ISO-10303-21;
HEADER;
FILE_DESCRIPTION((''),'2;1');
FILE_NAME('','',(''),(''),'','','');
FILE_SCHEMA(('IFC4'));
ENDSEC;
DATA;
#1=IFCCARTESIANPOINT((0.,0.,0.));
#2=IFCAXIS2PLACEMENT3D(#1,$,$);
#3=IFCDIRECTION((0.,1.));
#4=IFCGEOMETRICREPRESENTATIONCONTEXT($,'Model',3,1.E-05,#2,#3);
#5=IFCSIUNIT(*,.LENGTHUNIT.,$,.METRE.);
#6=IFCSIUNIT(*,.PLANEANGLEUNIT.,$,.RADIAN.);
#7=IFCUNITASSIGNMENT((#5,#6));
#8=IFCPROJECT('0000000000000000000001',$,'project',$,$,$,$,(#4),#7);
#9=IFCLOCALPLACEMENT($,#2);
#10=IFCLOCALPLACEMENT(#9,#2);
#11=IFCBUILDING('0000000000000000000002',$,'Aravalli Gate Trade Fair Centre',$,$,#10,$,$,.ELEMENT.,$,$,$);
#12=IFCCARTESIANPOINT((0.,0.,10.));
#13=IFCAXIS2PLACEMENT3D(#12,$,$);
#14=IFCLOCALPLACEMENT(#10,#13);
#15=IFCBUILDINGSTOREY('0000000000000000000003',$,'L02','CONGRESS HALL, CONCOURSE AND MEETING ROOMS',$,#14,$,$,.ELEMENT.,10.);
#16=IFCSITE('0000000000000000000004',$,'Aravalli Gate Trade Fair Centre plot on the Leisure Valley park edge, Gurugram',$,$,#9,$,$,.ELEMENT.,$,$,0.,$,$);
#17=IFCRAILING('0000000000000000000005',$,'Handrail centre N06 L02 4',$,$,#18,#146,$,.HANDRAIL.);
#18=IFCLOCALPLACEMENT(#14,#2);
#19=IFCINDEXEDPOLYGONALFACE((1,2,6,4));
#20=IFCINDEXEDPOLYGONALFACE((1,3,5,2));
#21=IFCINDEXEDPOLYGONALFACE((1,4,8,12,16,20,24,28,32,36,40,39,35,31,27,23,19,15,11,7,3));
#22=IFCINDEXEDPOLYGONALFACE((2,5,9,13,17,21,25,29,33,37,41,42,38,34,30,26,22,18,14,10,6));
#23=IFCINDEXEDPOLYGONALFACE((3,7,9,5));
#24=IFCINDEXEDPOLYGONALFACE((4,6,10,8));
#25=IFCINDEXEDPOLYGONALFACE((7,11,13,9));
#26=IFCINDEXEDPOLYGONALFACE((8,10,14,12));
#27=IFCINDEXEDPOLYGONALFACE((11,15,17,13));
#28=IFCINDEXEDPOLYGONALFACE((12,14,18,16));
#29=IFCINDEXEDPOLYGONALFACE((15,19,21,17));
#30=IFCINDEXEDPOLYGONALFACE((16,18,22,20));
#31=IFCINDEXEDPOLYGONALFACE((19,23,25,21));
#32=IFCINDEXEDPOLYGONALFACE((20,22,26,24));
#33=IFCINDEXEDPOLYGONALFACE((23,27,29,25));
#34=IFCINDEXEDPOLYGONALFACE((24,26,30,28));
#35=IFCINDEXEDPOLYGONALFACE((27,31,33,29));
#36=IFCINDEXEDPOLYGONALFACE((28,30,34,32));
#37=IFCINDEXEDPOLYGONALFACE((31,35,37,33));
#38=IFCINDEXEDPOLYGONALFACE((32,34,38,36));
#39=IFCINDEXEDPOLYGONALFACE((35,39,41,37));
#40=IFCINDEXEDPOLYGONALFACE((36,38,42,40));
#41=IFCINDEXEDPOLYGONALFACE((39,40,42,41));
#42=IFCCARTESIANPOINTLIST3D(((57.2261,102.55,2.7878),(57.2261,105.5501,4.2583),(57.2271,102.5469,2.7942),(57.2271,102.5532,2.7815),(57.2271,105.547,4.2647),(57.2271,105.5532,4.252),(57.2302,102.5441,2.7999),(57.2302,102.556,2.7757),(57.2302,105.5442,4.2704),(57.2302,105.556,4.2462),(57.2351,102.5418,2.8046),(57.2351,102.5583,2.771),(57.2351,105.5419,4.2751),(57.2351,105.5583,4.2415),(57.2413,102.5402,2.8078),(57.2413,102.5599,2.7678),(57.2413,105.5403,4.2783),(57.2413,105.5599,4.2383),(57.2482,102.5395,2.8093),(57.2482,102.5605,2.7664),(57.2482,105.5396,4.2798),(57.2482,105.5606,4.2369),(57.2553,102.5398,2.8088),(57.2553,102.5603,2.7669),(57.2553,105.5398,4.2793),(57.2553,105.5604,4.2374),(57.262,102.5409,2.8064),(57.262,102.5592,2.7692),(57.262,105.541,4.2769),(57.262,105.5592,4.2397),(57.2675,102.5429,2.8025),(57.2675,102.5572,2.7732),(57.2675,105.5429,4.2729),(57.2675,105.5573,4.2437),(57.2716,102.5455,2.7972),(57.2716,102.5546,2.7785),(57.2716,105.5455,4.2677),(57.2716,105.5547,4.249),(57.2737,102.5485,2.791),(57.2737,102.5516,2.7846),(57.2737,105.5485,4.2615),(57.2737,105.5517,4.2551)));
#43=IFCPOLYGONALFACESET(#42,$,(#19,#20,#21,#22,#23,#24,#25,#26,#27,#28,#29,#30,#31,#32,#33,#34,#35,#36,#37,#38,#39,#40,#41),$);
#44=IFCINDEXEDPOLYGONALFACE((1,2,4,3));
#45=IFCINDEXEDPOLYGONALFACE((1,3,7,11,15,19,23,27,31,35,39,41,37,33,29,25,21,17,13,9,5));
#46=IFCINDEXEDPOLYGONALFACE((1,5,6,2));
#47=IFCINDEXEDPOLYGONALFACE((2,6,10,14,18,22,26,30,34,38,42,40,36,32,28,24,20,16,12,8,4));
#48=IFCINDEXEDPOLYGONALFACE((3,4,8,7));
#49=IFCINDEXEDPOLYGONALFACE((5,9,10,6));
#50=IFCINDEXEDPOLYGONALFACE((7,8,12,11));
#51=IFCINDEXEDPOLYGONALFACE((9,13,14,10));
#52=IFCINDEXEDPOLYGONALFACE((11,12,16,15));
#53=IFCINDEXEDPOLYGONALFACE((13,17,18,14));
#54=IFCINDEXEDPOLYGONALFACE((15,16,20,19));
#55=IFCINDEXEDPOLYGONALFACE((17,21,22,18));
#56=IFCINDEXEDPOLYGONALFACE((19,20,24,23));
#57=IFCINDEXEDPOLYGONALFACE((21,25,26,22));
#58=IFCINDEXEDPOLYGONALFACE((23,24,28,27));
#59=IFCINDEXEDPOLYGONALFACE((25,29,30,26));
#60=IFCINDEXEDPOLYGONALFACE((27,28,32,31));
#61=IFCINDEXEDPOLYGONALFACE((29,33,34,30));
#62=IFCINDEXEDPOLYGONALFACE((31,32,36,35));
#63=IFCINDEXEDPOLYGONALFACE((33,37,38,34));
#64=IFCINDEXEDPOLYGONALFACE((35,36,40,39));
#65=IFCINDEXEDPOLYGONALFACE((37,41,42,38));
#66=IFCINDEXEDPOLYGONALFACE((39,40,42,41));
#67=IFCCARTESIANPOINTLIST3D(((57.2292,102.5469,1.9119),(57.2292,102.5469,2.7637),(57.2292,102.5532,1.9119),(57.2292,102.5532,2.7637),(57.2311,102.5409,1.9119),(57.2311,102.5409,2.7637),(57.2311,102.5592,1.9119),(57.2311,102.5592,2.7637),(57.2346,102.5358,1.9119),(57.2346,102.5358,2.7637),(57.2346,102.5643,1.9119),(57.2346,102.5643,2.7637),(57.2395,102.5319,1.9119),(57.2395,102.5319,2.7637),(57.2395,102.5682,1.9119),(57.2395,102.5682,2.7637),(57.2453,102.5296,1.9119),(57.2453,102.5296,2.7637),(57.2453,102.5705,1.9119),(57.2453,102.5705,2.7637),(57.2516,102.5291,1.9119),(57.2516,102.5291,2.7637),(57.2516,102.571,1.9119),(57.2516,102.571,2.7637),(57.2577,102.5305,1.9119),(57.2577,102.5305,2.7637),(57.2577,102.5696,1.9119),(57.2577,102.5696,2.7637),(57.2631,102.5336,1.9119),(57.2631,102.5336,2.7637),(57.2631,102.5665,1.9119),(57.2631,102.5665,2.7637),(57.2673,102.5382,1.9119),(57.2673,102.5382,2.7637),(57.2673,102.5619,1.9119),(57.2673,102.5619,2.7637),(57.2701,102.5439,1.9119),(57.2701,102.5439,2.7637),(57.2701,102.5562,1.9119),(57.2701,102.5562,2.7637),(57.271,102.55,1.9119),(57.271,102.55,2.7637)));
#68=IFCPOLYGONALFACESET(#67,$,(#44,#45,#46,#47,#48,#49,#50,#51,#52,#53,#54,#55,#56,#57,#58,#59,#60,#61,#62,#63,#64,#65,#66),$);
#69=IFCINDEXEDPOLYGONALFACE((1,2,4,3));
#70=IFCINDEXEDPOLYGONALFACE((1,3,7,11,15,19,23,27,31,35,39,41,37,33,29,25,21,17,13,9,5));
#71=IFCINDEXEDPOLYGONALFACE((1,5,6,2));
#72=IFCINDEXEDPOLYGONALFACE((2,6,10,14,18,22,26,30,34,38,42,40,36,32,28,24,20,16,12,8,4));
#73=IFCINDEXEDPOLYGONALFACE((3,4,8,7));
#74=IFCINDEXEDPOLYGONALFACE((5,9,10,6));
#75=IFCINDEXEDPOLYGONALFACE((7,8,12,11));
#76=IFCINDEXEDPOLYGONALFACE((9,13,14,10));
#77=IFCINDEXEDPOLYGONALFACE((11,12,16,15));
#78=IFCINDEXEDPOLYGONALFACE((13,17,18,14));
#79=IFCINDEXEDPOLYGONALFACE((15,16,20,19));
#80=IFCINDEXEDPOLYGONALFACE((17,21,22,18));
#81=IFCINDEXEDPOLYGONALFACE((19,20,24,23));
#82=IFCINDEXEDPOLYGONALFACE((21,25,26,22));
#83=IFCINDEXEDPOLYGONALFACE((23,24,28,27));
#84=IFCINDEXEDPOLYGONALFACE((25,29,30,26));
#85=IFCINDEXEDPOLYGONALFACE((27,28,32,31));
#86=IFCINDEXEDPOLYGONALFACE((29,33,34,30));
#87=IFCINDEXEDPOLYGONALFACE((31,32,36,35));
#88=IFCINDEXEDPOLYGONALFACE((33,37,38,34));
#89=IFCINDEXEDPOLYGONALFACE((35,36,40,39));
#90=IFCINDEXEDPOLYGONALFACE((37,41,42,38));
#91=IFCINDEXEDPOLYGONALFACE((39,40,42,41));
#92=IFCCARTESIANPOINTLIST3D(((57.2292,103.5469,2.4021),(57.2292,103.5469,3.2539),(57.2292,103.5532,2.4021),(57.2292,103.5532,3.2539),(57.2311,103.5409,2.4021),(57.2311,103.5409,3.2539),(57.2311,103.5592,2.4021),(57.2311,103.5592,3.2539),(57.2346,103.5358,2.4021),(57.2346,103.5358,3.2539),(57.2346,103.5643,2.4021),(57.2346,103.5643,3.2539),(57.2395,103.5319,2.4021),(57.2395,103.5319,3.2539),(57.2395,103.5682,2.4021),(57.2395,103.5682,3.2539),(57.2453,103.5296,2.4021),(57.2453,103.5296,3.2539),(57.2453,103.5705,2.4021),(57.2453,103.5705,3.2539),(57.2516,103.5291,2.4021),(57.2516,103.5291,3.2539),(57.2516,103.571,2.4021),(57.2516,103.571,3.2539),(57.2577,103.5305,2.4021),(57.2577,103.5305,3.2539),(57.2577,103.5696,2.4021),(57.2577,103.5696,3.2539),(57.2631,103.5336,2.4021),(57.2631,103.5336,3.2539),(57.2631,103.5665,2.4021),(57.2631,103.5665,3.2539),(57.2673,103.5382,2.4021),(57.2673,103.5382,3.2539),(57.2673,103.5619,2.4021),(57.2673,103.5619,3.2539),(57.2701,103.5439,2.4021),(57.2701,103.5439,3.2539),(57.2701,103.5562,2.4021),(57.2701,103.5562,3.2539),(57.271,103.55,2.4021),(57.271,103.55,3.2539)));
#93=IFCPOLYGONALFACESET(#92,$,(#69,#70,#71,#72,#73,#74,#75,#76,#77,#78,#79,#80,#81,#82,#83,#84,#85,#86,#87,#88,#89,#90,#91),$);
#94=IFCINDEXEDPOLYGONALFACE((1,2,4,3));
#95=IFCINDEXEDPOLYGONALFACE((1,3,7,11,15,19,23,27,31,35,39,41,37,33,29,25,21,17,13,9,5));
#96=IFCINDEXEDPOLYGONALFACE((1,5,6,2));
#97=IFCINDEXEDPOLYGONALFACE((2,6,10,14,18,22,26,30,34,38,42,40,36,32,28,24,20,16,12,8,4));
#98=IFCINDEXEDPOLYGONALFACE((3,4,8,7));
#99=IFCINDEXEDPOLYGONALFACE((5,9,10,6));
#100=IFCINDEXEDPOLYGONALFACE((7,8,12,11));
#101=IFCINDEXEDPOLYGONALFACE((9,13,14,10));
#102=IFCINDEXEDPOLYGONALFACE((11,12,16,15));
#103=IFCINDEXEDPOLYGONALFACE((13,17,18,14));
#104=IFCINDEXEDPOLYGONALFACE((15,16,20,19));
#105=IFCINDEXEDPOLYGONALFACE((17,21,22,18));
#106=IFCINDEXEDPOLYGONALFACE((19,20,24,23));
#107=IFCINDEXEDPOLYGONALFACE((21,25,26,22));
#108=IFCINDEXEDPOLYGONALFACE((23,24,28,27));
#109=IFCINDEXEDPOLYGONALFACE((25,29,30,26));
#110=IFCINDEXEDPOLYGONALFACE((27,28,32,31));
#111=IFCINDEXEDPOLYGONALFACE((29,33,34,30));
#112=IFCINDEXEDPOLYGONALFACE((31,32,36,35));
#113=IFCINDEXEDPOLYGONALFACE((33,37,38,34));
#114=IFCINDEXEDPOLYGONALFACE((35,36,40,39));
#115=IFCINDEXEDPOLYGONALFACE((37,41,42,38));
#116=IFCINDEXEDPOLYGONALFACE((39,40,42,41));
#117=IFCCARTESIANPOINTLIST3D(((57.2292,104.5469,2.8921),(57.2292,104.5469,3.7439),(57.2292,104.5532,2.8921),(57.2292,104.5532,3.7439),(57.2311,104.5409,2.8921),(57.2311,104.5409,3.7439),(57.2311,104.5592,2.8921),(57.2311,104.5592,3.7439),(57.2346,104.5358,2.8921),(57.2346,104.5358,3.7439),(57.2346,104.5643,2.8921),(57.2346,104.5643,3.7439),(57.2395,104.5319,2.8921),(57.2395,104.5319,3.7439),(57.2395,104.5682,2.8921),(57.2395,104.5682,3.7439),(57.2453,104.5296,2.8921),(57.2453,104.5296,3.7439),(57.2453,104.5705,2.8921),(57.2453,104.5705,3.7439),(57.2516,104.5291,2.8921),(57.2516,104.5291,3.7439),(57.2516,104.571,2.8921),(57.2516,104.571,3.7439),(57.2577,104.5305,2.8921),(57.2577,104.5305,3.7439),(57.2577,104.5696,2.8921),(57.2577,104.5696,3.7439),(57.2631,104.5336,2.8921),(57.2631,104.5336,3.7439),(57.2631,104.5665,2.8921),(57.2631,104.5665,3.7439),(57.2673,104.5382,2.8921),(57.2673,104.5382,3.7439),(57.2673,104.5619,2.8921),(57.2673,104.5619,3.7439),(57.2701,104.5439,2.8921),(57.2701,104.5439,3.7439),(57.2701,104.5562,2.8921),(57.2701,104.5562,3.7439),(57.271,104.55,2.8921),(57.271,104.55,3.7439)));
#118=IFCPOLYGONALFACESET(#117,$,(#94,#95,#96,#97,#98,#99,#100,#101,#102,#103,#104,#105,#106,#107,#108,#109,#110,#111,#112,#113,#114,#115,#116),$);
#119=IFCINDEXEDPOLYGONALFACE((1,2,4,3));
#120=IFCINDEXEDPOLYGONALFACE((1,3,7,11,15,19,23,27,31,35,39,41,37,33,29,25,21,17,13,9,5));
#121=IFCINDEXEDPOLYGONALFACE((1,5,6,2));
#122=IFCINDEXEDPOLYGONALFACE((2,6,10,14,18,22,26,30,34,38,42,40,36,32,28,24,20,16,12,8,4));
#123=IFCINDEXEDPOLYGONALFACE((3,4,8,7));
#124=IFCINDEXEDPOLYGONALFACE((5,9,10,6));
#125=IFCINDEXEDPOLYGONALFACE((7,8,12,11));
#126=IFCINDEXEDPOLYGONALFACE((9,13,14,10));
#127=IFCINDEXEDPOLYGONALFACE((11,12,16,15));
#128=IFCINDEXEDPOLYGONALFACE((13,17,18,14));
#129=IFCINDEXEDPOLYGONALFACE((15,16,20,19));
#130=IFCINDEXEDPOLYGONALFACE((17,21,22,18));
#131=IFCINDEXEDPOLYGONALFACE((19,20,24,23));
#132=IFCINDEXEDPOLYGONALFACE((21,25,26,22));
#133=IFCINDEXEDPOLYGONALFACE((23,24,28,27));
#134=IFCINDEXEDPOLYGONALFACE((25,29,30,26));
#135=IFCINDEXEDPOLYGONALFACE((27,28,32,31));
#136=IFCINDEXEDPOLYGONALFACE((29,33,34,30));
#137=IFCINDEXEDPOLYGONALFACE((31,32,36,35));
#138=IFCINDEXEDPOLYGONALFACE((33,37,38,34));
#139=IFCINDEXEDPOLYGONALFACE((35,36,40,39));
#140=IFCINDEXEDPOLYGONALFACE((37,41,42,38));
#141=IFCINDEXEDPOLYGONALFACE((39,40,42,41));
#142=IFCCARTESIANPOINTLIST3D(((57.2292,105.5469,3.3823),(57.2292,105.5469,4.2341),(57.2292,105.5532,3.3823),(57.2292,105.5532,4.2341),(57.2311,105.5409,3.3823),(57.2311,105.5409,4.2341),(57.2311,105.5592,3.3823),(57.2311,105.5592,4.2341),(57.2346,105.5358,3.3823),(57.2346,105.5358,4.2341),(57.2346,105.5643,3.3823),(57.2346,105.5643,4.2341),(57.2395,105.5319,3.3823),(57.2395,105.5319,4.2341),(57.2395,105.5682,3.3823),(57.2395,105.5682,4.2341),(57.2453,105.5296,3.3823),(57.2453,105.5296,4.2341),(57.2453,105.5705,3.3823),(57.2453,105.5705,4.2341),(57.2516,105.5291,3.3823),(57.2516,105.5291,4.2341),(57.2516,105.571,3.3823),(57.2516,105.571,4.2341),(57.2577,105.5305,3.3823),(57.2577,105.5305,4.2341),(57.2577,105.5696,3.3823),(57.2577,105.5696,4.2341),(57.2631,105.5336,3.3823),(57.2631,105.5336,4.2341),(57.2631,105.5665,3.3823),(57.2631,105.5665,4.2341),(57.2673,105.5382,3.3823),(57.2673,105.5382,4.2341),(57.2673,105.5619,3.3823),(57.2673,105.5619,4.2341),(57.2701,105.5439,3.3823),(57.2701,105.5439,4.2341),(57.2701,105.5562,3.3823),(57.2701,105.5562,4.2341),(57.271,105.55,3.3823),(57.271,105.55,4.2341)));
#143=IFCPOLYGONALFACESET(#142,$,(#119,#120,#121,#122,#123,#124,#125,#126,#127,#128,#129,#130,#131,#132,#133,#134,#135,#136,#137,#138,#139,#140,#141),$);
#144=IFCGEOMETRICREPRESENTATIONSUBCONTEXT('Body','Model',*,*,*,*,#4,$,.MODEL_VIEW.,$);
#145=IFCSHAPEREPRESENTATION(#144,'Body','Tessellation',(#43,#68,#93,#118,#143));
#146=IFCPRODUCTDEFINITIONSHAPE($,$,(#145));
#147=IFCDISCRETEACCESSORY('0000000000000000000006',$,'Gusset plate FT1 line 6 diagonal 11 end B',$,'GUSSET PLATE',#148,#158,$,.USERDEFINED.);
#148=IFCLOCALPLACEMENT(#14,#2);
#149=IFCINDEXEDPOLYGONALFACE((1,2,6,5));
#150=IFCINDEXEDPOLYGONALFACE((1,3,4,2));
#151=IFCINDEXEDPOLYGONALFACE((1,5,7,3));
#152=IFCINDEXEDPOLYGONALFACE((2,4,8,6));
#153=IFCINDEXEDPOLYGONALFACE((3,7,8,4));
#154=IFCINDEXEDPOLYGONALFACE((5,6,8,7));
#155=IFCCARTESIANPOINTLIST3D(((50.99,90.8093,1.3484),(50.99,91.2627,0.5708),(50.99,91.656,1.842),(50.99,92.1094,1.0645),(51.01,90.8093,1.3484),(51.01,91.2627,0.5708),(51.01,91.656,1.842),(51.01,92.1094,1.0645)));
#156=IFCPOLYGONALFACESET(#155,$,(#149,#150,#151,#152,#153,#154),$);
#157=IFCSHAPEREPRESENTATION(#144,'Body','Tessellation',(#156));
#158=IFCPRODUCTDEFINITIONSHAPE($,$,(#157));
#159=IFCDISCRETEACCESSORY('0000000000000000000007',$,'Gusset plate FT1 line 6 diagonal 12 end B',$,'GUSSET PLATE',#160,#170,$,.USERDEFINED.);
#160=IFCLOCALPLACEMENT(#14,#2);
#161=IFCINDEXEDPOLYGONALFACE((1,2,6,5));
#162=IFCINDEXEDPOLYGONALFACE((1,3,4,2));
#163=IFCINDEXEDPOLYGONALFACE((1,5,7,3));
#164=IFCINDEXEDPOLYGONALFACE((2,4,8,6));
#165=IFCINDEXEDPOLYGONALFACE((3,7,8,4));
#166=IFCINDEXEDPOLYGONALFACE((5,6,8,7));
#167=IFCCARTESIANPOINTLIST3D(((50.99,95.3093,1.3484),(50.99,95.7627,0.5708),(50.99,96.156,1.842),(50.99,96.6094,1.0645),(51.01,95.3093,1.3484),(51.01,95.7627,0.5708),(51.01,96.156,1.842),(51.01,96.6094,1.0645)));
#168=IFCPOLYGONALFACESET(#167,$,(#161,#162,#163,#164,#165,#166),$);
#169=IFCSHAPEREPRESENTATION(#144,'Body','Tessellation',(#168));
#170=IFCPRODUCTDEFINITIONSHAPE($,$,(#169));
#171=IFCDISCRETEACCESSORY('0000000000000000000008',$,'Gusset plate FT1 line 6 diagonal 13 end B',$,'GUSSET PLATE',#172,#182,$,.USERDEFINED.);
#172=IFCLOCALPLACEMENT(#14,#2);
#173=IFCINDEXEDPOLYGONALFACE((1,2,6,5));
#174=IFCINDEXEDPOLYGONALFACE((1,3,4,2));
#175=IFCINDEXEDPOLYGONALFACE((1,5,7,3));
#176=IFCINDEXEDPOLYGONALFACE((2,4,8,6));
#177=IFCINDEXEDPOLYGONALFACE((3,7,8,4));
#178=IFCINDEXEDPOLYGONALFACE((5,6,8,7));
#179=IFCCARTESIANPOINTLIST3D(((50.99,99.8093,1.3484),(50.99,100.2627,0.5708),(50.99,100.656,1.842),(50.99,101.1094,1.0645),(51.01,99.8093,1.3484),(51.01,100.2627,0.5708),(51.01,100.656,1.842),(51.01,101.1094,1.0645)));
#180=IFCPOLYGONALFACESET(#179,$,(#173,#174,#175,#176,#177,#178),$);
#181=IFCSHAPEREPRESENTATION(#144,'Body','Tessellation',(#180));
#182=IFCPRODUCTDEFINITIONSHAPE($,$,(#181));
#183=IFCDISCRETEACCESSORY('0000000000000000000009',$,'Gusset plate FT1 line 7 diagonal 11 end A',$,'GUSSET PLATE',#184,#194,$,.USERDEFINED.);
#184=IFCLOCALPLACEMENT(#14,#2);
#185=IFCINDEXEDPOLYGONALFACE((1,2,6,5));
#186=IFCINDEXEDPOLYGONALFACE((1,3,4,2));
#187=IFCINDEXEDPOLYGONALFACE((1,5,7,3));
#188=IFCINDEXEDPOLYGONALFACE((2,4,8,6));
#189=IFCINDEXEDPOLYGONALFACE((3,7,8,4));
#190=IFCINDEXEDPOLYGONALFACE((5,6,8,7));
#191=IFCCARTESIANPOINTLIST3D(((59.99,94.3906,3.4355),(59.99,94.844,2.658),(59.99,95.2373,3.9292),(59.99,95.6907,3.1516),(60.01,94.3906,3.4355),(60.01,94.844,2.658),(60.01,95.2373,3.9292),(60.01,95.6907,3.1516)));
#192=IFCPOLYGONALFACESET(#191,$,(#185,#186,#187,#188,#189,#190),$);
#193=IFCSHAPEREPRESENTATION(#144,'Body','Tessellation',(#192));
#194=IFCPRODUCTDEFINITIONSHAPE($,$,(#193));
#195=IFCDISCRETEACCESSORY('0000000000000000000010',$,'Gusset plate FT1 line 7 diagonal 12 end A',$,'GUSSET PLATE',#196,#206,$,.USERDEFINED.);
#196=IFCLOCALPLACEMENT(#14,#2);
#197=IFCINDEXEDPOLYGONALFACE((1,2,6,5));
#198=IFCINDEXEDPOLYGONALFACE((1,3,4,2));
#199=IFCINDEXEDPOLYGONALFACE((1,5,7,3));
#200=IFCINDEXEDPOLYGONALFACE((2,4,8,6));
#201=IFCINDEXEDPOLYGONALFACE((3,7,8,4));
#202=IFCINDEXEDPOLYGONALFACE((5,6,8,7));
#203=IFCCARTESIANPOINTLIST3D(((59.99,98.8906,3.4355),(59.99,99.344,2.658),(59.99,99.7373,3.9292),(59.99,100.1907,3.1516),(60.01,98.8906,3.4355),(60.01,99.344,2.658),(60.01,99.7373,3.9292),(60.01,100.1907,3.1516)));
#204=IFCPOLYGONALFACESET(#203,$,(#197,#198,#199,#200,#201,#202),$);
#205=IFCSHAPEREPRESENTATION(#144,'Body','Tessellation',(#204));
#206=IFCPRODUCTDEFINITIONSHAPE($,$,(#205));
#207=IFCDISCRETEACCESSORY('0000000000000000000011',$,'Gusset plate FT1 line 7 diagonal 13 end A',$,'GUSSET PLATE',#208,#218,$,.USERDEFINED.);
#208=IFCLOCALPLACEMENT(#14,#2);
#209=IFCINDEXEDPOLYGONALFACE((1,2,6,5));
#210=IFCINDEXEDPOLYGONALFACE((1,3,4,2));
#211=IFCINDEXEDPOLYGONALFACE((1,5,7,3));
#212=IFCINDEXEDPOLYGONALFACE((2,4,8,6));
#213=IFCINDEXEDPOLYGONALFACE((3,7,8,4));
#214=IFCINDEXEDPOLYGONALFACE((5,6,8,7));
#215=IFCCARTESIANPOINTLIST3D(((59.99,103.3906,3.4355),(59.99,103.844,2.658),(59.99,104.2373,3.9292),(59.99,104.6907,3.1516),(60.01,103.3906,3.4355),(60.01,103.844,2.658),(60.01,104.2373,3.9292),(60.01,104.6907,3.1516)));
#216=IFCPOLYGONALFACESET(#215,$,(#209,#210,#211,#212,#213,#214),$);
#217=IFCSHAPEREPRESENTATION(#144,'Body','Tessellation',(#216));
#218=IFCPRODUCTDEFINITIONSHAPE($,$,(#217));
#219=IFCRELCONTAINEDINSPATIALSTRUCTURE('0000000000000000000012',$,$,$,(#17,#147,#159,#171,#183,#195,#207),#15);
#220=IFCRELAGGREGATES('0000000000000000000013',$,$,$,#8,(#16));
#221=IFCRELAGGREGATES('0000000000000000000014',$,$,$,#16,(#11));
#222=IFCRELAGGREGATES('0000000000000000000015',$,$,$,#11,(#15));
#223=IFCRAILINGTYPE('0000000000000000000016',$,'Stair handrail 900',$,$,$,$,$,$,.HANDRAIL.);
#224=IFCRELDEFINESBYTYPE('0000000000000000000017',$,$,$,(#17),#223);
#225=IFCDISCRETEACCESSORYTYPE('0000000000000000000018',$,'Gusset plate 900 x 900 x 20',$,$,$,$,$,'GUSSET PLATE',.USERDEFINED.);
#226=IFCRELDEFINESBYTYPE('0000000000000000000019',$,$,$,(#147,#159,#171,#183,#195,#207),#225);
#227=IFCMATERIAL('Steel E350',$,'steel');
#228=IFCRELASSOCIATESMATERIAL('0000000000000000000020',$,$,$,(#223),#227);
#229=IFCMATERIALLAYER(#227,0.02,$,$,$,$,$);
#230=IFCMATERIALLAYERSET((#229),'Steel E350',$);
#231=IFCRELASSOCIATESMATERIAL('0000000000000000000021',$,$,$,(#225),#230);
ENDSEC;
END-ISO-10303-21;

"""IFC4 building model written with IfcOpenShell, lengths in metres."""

from ifc_helpers import new_model, si_unit, direction, frame, origin, origin_2d, place, context, subcontext, project, spatial, polyline, circle, outline, extrude, material, layer, layer_set, type_object, element, save


model = new_model("IFC4")

# Units and contexts
model_context = context("Model", 3, precision=1e-05, world=origin(), true_north=direction((0.0, 1.0)))
body_context = subcontext(model_context, "Body", "Model", "MODEL_VIEW")
ifc_project = project(units=[si_unit("LENGTHUNIT", "METRE"), si_unit("PLANEANGLEUNIT", "RADIAN")], contexts=[model_context])

# Site, building, storey
site_placement = place(None, origin())
site = spatial("IfcSite", under=ifc_project, at=site_placement, Name="Aravalli Gate Trade Fair Centre plot on the Leisure Valley park edge, Gurugram", CompositionType="ELEMENT", RefElevation=0.0)
building_placement = place(site_placement, origin())
building = spatial("IfcBuilding", under=site, at=building_placement, Name="Aravalli Gate Trade Fair Centre", CompositionType="ELEMENT")
storey_placement = place(building_placement, frame((0.0, 0.0, 10.0)))
storey = spatial("IfcBuildingStorey", under=building, at=storey_placement, Name="L02", Description="CONGRESS HALL, CONCOURSE AND MEETING ROOMS", CompositionType="ELEMENT", Elevation=10.0)

# Shared definitions
ifc_material_1 = material(Name="Steel E350", Category="steel")

# Railing
railing_type_1 = type_object("IfcRailingType", Name="Stair handrail 900", PredefinedType="HANDRAIL", material=ifc_material_1)
for number, where, name in (
    (1, (57.25, 102.55, 1.9119), "Handrail centre N06 L02 4"),
):
    element("IfcRailing", number, at=place(storey_placement, frame(where)), inside=storey, type_object=railing_type_1, Name=name, PredefinedType="HANDRAIL", context=body_context, shape_type="SweptSolid", body=[
        extrude(circle(Radius=0.0239, at=origin_2d()), frame((0.0, 0.0, 0.876), z_axis=(0.0, 0.897936, 0.440126), x_axis=(-1.0, 0.0, 0.0)), (0.0, 0.0, 1.0), 3.3411),
        extrude(circle(Radius=0.021, at=origin_2d()), origin(), (0.0, 0.0, 1.0), 0.8518),
        extrude(circle(Radius=0.021, at=origin_2d()), frame((0.0, 1.0, 0.4902)), (0.0, 0.0, 1.0), 0.8518),
        extrude(circle(Radius=0.021, at=origin_2d()), frame((0.0, 2.0, 0.9802)), (0.0, 0.0, 1.0), 0.8518),
        extrude(circle(Radius=0.021, at=origin_2d()), frame((0.0, 3.0, 1.4705)), (0.0, 0.0, 1.0), 0.8518),
    ])

# Discrete accessories
ifc_layer_1 = layer(ifc_material_1, 0.02)
ifc_layer_set_1 = layer_set([ifc_layer_1], Name="Steel E350")
discrete_accessory_type = type_object("IfcDiscreteAccessoryType", Name="Gusset plate 900 x 900 x 20", ElementType="GUSSET PLATE", PredefinedType="USERDEFINED", material=ifc_layer_set_1)
for number, where, z_axis, x_axis, name in (
    (2, (51.01, 91.656, 1.842), (1.0, 0.0, 0.0), (0.0, -0.863887, -0.503685), "Gusset plate FT1 line 6 diagonal 11 end B"),
    (3, (51.01, 96.156, 1.842), (1.0, 0.0, 0.0), (0.0, -0.863887, -0.503685), "Gusset plate FT1 line 6 diagonal 12 end B"),
    (4, (51.01, 100.656, 1.842), (1.0, 0.0, 0.0), (0.0, -0.863887, -0.503685), "Gusset plate FT1 line 6 diagonal 13 end B"),
):
    element("IfcDiscreteAccessory", number, at=place(storey_placement, frame(where, z_axis=z_axis, x_axis=x_axis)), inside=storey, type_object=discrete_accessory_type, Name=name, ObjectType="GUSSET PLATE", PredefinedType="USERDEFINED", context=body_context, shape_type="SweptSolid", body=[
        extrude(outline(polyline([(0.0, 0.0), (0.9801, 0.0), (0.9801, 0.9001), (0.0, 0.9001), (0.0, 0.0)])), origin(), (0.0, 0.0, -1.0), 0.02),
    ])
for number, where, z_axis, x_axis, name in (
    (5, (59.99, 94.3906, 3.4355), (-1.0, 0.0, 0.0), (0.0, 0.863887, 0.503685), "Gusset plate FT1 line 7 diagonal 11 end A"),
    (6, (59.99, 98.8906, 3.4355), (-1.0, 0.0, 0.0), (0.0, 0.863887, 0.503685), "Gusset plate FT1 line 7 diagonal 12 end A"),
    (7, (59.99, 103.3906, 3.4355), (-1.0, 0.0, 0.0), (0.0, 0.863887, 0.503685), "Gusset plate FT1 line 7 diagonal 13 end A"),
):
    element("IfcDiscreteAccessory", number, at=place(storey_placement, frame(where, z_axis=z_axis, x_axis=x_axis)), inside=storey, type_object=discrete_accessory_type, Name=name, ObjectType="GUSSET PLATE", PredefinedType="USERDEFINED", context=body_context, shape_type="SweptSolid", body=[
        extrude(outline(polyline([(0.0, 0.0), (0.9801, 0.0), (0.9801, 0.9001), (0.0, 0.9001), (0.0, 0.0)])), origin(), (0.0, 0.0, -1.0), 0.02),
    ])

save(model, "model.ifc")
